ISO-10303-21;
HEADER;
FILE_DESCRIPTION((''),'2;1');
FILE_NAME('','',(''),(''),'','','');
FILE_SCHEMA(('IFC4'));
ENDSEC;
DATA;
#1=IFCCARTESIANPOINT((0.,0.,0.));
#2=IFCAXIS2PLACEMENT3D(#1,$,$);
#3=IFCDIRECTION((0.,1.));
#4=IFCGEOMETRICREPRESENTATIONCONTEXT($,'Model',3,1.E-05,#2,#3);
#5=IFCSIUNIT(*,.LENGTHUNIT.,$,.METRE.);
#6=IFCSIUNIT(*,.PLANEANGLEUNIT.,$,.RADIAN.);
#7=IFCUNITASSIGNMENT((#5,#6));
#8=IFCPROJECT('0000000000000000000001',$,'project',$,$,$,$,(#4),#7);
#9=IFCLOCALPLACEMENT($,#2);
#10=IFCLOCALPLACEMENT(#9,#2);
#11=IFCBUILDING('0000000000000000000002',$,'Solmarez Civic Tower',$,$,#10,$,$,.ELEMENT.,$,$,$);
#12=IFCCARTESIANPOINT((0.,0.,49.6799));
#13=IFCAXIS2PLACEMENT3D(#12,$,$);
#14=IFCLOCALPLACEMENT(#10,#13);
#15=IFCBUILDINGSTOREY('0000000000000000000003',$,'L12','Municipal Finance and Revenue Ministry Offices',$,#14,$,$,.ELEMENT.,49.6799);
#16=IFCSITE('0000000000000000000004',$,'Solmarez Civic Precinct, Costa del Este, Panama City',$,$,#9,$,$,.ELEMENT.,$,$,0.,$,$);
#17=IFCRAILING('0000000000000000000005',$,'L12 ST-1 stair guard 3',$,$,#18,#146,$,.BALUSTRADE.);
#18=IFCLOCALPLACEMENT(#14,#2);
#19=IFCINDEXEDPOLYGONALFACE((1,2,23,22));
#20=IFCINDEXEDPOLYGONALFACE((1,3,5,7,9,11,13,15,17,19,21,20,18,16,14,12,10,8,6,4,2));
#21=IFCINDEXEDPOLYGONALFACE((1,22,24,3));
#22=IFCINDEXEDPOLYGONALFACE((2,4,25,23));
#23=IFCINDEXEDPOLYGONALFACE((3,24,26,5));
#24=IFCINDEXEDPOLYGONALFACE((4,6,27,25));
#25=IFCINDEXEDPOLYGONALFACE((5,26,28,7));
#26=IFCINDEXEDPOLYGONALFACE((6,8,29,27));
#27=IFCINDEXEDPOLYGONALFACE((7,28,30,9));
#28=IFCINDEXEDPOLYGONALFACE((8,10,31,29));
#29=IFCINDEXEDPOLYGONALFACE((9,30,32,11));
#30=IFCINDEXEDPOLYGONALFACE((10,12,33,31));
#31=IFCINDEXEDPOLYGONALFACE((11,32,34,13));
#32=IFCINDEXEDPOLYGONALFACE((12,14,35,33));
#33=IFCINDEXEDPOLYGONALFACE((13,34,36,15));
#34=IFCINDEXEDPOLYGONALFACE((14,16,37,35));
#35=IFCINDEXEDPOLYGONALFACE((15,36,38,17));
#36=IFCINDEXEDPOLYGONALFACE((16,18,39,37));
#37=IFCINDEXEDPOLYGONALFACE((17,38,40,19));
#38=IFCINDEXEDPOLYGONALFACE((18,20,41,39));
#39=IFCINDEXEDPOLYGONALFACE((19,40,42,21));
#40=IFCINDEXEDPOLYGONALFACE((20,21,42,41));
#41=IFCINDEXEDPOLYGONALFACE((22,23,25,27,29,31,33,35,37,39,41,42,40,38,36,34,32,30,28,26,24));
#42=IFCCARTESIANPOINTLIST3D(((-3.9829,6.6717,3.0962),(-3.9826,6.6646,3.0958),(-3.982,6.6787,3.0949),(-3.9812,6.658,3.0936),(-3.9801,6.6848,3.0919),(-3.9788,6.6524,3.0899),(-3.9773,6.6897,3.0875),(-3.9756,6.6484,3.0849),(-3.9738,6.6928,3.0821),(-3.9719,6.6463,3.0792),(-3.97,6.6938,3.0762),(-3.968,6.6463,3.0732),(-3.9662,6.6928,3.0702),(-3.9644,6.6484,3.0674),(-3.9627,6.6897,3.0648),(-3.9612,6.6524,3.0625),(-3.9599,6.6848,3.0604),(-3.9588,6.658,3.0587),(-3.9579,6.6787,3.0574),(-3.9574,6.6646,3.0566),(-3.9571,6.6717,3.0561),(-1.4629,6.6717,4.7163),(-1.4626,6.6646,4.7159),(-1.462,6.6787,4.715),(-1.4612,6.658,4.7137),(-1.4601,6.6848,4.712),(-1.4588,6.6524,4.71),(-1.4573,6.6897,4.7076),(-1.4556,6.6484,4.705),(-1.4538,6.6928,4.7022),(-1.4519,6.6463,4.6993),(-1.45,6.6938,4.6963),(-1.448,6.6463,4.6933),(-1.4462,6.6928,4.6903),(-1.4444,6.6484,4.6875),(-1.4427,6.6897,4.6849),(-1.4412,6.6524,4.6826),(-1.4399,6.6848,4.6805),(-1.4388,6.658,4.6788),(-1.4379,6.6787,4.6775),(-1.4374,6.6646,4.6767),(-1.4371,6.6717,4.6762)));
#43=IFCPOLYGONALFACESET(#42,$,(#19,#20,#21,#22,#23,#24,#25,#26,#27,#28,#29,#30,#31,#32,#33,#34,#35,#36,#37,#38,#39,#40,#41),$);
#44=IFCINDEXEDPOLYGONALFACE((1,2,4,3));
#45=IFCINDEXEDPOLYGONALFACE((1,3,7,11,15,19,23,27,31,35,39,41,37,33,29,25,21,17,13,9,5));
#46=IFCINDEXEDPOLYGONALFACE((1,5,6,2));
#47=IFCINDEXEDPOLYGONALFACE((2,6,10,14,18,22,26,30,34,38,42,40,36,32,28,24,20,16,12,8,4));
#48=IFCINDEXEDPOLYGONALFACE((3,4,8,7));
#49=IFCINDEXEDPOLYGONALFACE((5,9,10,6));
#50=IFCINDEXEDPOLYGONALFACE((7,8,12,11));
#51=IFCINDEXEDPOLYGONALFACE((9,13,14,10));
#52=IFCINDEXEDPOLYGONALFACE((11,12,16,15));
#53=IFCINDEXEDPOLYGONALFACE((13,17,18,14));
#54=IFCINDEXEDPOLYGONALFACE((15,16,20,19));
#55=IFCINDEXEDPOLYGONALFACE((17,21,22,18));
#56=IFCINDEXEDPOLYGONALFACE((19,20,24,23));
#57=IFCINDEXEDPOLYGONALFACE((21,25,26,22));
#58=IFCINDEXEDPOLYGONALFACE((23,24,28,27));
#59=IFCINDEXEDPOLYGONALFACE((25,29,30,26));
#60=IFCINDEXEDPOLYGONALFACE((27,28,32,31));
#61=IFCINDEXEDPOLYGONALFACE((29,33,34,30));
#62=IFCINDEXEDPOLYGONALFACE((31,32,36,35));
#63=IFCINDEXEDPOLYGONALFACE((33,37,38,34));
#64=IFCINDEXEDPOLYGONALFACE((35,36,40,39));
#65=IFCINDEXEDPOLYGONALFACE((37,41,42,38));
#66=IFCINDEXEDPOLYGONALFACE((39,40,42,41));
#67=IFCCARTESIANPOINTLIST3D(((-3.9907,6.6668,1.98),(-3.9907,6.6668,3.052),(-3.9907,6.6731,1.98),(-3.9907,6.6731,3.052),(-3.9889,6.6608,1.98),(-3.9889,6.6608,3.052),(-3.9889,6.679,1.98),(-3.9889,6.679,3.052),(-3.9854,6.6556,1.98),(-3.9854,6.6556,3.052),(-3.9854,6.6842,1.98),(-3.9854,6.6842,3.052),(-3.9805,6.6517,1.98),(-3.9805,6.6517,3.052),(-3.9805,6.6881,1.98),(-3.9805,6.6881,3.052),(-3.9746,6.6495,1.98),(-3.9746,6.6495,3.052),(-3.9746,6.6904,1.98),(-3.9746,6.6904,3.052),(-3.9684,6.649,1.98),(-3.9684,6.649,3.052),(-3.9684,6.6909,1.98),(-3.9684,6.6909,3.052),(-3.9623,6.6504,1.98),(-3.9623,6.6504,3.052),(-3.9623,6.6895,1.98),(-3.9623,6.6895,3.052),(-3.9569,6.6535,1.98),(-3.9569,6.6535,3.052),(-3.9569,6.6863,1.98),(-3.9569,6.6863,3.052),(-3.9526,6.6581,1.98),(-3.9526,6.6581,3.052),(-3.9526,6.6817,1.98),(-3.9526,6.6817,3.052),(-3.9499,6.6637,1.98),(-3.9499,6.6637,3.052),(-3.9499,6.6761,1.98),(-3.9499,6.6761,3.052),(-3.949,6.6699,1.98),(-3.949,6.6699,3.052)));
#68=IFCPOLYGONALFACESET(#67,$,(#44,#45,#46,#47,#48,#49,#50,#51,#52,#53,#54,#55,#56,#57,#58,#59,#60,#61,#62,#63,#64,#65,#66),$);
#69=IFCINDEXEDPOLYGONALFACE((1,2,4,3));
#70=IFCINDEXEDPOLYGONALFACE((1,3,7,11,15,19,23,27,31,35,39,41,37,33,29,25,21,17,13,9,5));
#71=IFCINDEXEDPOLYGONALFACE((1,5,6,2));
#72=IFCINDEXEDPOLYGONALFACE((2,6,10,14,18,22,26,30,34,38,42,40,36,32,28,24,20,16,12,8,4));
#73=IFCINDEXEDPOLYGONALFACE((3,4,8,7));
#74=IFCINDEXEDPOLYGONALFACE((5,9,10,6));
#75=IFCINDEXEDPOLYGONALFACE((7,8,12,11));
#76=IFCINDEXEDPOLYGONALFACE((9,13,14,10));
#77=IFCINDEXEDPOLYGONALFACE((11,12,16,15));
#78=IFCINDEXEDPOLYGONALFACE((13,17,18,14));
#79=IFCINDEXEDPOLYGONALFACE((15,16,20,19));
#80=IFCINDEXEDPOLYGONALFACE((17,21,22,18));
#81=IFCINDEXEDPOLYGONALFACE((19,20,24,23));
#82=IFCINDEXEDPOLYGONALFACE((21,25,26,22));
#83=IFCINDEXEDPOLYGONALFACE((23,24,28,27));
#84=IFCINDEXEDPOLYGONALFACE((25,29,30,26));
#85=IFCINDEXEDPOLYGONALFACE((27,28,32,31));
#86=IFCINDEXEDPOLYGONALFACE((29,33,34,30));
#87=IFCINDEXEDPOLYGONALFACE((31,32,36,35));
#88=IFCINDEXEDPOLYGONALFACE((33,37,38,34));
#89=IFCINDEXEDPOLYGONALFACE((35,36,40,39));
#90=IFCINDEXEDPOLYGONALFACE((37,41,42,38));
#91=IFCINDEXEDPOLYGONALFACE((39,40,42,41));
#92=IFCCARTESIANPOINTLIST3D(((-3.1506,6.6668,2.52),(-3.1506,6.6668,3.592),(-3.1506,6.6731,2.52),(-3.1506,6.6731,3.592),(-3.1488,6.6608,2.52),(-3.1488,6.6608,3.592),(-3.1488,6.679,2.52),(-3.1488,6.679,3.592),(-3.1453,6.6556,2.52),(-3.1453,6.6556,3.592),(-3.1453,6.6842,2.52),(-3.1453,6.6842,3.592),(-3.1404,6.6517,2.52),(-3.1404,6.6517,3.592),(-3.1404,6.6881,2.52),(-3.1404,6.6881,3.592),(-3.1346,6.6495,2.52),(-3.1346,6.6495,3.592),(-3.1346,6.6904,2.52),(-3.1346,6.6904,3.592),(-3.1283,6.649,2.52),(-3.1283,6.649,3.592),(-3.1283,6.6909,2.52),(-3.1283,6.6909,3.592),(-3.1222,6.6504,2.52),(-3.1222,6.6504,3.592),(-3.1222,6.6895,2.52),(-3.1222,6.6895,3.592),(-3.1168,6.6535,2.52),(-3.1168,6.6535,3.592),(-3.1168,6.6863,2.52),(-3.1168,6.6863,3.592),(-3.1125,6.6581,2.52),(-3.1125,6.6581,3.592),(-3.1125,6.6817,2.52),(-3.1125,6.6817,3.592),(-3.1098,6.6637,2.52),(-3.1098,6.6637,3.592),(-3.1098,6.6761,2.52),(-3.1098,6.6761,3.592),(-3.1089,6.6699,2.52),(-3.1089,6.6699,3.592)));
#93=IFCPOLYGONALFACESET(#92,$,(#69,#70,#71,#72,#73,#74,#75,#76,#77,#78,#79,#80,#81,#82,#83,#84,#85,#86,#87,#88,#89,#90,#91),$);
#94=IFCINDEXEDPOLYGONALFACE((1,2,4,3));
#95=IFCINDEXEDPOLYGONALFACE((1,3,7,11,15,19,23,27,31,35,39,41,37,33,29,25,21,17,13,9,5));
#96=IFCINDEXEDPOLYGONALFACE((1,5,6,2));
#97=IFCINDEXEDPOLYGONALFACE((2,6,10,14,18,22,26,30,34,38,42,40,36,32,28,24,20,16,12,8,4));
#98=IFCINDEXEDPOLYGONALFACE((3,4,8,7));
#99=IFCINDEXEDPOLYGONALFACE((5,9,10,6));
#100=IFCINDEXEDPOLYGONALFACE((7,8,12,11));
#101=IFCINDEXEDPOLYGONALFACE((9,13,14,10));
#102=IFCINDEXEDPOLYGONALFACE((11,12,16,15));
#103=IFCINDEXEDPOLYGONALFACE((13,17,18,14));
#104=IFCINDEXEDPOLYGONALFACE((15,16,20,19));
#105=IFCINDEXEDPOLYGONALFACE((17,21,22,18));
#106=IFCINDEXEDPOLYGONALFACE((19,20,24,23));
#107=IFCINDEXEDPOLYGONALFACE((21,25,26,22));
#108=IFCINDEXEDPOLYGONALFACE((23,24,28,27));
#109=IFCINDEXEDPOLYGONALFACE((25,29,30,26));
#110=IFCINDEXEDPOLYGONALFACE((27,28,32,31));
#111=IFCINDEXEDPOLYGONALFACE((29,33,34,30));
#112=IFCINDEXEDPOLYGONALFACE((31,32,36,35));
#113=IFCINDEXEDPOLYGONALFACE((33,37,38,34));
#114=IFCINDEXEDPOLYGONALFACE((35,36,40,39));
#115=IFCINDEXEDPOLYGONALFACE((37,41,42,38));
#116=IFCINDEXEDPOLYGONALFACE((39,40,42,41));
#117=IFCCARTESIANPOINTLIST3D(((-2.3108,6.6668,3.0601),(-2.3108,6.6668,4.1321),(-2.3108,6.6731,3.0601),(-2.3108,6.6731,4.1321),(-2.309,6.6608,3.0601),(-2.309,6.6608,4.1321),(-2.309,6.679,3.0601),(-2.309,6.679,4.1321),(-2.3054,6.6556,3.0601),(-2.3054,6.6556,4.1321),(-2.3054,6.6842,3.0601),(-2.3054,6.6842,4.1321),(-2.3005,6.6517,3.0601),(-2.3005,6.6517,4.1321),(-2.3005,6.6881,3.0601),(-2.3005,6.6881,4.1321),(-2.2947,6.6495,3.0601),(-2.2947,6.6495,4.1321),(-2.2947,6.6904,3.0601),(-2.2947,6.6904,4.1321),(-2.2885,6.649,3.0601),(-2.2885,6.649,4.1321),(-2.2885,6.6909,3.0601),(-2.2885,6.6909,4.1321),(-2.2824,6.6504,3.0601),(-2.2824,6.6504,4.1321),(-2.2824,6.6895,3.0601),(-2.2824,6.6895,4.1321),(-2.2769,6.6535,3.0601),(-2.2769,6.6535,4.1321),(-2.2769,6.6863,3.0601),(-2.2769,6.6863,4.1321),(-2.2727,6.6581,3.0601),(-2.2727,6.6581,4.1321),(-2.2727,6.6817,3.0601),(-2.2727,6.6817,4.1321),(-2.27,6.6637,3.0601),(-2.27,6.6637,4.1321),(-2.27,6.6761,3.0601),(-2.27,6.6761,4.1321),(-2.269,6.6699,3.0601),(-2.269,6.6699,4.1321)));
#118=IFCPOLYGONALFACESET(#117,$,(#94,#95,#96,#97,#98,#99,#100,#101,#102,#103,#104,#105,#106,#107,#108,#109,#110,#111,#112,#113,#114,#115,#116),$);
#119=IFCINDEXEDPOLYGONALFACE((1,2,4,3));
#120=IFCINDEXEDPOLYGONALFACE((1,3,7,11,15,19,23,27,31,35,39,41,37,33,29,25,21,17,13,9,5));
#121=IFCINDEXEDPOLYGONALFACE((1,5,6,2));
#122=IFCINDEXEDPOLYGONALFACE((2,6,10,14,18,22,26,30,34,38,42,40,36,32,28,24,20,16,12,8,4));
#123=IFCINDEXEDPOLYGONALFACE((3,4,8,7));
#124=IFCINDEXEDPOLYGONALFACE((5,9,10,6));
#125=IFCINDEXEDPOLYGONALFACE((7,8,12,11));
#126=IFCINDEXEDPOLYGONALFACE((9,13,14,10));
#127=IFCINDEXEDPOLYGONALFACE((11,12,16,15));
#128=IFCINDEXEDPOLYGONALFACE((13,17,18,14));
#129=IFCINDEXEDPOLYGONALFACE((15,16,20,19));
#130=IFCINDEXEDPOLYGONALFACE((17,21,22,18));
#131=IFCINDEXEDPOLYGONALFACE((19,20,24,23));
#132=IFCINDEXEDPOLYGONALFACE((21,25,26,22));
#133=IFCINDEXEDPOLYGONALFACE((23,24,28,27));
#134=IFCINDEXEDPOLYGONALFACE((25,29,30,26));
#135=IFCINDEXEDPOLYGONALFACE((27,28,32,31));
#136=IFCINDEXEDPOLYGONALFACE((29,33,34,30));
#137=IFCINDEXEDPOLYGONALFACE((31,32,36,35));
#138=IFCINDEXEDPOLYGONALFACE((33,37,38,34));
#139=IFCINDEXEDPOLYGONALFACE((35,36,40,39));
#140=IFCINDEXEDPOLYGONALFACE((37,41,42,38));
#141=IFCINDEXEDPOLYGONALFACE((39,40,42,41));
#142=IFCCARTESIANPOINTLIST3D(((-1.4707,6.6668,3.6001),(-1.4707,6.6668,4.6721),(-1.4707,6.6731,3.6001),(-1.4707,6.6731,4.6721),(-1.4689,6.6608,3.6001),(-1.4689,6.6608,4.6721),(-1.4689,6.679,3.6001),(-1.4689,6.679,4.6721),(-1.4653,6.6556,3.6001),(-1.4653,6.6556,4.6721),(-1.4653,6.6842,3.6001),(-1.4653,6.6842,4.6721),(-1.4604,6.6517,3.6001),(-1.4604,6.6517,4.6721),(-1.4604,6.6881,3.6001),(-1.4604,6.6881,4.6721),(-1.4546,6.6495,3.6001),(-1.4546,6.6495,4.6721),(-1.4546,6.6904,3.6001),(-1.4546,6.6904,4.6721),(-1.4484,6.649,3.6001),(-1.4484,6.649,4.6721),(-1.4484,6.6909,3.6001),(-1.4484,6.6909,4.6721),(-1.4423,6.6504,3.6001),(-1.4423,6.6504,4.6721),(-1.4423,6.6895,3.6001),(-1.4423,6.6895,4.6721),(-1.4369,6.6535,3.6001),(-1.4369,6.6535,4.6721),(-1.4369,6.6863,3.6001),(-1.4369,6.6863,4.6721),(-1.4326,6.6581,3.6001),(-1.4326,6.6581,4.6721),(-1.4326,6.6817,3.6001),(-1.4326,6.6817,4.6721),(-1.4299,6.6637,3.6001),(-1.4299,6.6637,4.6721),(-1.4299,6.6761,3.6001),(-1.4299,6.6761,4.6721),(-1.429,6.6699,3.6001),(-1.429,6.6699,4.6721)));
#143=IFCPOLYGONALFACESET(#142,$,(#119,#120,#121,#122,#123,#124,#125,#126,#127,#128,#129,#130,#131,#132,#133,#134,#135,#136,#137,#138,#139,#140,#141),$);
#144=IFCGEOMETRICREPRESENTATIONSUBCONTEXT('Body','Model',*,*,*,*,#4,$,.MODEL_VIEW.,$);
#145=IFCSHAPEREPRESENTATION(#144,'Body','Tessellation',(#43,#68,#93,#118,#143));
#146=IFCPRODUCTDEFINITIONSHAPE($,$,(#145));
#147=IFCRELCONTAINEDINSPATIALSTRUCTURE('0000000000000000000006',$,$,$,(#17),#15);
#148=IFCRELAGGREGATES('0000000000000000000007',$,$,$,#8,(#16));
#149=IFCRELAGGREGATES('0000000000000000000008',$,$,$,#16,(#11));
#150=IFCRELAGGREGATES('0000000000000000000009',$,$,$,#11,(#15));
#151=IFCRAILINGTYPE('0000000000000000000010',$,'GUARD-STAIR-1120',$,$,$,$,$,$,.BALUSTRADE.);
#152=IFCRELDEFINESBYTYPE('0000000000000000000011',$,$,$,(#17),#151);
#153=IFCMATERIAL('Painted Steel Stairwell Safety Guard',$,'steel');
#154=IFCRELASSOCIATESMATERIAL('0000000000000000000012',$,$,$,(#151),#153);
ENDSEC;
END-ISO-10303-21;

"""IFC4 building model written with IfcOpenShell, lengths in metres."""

from ifc_helpers import new_model, si_unit, direction, frame, origin, origin_2d, place, context, subcontext, project, spatial, circle, extrude, material, type_object, element, save


model = new_model("IFC4")

# Units and contexts
model_context = context("Model", 3, precision=1e-05, world=origin(), true_north=direction((0.0, 1.0)))
body_context = subcontext(model_context, "Body", "Model", "MODEL_VIEW")
ifc_project = project(units=[si_unit("LENGTHUNIT", "METRE"), si_unit("PLANEANGLEUNIT", "RADIAN")], contexts=[model_context])

# Site, building, storey
site_placement = place(None, origin())
site = spatial("IfcSite", under=ifc_project, at=site_placement, Name="Solmarez Civic Precinct, Costa del Este, Panama City", CompositionType="ELEMENT", RefElevation=0.0)
building_placement = place(site_placement, origin())
building = spatial("IfcBuilding", under=site, at=building_placement, Name="Solmarez Civic Tower", CompositionType="ELEMENT")
storey_placement = place(building_placement, frame((0.0, 0.0, 49.6799)))
storey = spatial("IfcBuildingStorey", under=building, at=storey_placement, Name="L12", Description="Municipal Finance and Revenue Ministry Offices", CompositionType="ELEMENT", Elevation=49.6799)

# Railing
ifc_material_1 = material(Name="Painted Steel Stairwell Safety Guard", Category="steel")
railing_type_1 = type_object("IfcRailingType", Name="GUARD-STAIR-1120", PredefinedType="BALUSTRADE", material=ifc_material_1)
railing_1_placement = place(storey_placement, frame((-3.97, 6.6699, 1.98)))
element("IfcRailing", 1, at=railing_1_placement, inside=storey, type_object=railing_type_1, Name="L12 ST-1 stair guard 3", PredefinedType="BALUSTRADE", context=body_context, shape_type="SweptSolid", body=[
    extrude(circle(Radius=0.0239, at=origin_2d()), frame((0.0, 0.0, 1.0962), z_axis=(0.841163, 0.0, 0.540782), x_axis=(0.0, 1.0, 0.0)), (0.0, 0.0, 1.0), 2.9958),
    extrude(circle(Radius=0.021, at=origin_2d()), origin(), (0.0, 0.0, 1.0), 1.072),
    extrude(circle(Radius=0.021, at=origin_2d()), frame((0.8401, 0.0, 0.54)), (0.0, 0.0, 1.0), 1.072),
    extrude(circle(Radius=0.021, at=origin_2d()), frame((1.6799, 0.0, 1.0801)), (0.0, 0.0, 1.0), 1.072),
    extrude(circle(Radius=0.021, at=origin_2d()), frame((2.52, 0.0, 1.6201)), (0.0, 0.0, 1.0), 1.072),
])

save(model, "model.ifc")
